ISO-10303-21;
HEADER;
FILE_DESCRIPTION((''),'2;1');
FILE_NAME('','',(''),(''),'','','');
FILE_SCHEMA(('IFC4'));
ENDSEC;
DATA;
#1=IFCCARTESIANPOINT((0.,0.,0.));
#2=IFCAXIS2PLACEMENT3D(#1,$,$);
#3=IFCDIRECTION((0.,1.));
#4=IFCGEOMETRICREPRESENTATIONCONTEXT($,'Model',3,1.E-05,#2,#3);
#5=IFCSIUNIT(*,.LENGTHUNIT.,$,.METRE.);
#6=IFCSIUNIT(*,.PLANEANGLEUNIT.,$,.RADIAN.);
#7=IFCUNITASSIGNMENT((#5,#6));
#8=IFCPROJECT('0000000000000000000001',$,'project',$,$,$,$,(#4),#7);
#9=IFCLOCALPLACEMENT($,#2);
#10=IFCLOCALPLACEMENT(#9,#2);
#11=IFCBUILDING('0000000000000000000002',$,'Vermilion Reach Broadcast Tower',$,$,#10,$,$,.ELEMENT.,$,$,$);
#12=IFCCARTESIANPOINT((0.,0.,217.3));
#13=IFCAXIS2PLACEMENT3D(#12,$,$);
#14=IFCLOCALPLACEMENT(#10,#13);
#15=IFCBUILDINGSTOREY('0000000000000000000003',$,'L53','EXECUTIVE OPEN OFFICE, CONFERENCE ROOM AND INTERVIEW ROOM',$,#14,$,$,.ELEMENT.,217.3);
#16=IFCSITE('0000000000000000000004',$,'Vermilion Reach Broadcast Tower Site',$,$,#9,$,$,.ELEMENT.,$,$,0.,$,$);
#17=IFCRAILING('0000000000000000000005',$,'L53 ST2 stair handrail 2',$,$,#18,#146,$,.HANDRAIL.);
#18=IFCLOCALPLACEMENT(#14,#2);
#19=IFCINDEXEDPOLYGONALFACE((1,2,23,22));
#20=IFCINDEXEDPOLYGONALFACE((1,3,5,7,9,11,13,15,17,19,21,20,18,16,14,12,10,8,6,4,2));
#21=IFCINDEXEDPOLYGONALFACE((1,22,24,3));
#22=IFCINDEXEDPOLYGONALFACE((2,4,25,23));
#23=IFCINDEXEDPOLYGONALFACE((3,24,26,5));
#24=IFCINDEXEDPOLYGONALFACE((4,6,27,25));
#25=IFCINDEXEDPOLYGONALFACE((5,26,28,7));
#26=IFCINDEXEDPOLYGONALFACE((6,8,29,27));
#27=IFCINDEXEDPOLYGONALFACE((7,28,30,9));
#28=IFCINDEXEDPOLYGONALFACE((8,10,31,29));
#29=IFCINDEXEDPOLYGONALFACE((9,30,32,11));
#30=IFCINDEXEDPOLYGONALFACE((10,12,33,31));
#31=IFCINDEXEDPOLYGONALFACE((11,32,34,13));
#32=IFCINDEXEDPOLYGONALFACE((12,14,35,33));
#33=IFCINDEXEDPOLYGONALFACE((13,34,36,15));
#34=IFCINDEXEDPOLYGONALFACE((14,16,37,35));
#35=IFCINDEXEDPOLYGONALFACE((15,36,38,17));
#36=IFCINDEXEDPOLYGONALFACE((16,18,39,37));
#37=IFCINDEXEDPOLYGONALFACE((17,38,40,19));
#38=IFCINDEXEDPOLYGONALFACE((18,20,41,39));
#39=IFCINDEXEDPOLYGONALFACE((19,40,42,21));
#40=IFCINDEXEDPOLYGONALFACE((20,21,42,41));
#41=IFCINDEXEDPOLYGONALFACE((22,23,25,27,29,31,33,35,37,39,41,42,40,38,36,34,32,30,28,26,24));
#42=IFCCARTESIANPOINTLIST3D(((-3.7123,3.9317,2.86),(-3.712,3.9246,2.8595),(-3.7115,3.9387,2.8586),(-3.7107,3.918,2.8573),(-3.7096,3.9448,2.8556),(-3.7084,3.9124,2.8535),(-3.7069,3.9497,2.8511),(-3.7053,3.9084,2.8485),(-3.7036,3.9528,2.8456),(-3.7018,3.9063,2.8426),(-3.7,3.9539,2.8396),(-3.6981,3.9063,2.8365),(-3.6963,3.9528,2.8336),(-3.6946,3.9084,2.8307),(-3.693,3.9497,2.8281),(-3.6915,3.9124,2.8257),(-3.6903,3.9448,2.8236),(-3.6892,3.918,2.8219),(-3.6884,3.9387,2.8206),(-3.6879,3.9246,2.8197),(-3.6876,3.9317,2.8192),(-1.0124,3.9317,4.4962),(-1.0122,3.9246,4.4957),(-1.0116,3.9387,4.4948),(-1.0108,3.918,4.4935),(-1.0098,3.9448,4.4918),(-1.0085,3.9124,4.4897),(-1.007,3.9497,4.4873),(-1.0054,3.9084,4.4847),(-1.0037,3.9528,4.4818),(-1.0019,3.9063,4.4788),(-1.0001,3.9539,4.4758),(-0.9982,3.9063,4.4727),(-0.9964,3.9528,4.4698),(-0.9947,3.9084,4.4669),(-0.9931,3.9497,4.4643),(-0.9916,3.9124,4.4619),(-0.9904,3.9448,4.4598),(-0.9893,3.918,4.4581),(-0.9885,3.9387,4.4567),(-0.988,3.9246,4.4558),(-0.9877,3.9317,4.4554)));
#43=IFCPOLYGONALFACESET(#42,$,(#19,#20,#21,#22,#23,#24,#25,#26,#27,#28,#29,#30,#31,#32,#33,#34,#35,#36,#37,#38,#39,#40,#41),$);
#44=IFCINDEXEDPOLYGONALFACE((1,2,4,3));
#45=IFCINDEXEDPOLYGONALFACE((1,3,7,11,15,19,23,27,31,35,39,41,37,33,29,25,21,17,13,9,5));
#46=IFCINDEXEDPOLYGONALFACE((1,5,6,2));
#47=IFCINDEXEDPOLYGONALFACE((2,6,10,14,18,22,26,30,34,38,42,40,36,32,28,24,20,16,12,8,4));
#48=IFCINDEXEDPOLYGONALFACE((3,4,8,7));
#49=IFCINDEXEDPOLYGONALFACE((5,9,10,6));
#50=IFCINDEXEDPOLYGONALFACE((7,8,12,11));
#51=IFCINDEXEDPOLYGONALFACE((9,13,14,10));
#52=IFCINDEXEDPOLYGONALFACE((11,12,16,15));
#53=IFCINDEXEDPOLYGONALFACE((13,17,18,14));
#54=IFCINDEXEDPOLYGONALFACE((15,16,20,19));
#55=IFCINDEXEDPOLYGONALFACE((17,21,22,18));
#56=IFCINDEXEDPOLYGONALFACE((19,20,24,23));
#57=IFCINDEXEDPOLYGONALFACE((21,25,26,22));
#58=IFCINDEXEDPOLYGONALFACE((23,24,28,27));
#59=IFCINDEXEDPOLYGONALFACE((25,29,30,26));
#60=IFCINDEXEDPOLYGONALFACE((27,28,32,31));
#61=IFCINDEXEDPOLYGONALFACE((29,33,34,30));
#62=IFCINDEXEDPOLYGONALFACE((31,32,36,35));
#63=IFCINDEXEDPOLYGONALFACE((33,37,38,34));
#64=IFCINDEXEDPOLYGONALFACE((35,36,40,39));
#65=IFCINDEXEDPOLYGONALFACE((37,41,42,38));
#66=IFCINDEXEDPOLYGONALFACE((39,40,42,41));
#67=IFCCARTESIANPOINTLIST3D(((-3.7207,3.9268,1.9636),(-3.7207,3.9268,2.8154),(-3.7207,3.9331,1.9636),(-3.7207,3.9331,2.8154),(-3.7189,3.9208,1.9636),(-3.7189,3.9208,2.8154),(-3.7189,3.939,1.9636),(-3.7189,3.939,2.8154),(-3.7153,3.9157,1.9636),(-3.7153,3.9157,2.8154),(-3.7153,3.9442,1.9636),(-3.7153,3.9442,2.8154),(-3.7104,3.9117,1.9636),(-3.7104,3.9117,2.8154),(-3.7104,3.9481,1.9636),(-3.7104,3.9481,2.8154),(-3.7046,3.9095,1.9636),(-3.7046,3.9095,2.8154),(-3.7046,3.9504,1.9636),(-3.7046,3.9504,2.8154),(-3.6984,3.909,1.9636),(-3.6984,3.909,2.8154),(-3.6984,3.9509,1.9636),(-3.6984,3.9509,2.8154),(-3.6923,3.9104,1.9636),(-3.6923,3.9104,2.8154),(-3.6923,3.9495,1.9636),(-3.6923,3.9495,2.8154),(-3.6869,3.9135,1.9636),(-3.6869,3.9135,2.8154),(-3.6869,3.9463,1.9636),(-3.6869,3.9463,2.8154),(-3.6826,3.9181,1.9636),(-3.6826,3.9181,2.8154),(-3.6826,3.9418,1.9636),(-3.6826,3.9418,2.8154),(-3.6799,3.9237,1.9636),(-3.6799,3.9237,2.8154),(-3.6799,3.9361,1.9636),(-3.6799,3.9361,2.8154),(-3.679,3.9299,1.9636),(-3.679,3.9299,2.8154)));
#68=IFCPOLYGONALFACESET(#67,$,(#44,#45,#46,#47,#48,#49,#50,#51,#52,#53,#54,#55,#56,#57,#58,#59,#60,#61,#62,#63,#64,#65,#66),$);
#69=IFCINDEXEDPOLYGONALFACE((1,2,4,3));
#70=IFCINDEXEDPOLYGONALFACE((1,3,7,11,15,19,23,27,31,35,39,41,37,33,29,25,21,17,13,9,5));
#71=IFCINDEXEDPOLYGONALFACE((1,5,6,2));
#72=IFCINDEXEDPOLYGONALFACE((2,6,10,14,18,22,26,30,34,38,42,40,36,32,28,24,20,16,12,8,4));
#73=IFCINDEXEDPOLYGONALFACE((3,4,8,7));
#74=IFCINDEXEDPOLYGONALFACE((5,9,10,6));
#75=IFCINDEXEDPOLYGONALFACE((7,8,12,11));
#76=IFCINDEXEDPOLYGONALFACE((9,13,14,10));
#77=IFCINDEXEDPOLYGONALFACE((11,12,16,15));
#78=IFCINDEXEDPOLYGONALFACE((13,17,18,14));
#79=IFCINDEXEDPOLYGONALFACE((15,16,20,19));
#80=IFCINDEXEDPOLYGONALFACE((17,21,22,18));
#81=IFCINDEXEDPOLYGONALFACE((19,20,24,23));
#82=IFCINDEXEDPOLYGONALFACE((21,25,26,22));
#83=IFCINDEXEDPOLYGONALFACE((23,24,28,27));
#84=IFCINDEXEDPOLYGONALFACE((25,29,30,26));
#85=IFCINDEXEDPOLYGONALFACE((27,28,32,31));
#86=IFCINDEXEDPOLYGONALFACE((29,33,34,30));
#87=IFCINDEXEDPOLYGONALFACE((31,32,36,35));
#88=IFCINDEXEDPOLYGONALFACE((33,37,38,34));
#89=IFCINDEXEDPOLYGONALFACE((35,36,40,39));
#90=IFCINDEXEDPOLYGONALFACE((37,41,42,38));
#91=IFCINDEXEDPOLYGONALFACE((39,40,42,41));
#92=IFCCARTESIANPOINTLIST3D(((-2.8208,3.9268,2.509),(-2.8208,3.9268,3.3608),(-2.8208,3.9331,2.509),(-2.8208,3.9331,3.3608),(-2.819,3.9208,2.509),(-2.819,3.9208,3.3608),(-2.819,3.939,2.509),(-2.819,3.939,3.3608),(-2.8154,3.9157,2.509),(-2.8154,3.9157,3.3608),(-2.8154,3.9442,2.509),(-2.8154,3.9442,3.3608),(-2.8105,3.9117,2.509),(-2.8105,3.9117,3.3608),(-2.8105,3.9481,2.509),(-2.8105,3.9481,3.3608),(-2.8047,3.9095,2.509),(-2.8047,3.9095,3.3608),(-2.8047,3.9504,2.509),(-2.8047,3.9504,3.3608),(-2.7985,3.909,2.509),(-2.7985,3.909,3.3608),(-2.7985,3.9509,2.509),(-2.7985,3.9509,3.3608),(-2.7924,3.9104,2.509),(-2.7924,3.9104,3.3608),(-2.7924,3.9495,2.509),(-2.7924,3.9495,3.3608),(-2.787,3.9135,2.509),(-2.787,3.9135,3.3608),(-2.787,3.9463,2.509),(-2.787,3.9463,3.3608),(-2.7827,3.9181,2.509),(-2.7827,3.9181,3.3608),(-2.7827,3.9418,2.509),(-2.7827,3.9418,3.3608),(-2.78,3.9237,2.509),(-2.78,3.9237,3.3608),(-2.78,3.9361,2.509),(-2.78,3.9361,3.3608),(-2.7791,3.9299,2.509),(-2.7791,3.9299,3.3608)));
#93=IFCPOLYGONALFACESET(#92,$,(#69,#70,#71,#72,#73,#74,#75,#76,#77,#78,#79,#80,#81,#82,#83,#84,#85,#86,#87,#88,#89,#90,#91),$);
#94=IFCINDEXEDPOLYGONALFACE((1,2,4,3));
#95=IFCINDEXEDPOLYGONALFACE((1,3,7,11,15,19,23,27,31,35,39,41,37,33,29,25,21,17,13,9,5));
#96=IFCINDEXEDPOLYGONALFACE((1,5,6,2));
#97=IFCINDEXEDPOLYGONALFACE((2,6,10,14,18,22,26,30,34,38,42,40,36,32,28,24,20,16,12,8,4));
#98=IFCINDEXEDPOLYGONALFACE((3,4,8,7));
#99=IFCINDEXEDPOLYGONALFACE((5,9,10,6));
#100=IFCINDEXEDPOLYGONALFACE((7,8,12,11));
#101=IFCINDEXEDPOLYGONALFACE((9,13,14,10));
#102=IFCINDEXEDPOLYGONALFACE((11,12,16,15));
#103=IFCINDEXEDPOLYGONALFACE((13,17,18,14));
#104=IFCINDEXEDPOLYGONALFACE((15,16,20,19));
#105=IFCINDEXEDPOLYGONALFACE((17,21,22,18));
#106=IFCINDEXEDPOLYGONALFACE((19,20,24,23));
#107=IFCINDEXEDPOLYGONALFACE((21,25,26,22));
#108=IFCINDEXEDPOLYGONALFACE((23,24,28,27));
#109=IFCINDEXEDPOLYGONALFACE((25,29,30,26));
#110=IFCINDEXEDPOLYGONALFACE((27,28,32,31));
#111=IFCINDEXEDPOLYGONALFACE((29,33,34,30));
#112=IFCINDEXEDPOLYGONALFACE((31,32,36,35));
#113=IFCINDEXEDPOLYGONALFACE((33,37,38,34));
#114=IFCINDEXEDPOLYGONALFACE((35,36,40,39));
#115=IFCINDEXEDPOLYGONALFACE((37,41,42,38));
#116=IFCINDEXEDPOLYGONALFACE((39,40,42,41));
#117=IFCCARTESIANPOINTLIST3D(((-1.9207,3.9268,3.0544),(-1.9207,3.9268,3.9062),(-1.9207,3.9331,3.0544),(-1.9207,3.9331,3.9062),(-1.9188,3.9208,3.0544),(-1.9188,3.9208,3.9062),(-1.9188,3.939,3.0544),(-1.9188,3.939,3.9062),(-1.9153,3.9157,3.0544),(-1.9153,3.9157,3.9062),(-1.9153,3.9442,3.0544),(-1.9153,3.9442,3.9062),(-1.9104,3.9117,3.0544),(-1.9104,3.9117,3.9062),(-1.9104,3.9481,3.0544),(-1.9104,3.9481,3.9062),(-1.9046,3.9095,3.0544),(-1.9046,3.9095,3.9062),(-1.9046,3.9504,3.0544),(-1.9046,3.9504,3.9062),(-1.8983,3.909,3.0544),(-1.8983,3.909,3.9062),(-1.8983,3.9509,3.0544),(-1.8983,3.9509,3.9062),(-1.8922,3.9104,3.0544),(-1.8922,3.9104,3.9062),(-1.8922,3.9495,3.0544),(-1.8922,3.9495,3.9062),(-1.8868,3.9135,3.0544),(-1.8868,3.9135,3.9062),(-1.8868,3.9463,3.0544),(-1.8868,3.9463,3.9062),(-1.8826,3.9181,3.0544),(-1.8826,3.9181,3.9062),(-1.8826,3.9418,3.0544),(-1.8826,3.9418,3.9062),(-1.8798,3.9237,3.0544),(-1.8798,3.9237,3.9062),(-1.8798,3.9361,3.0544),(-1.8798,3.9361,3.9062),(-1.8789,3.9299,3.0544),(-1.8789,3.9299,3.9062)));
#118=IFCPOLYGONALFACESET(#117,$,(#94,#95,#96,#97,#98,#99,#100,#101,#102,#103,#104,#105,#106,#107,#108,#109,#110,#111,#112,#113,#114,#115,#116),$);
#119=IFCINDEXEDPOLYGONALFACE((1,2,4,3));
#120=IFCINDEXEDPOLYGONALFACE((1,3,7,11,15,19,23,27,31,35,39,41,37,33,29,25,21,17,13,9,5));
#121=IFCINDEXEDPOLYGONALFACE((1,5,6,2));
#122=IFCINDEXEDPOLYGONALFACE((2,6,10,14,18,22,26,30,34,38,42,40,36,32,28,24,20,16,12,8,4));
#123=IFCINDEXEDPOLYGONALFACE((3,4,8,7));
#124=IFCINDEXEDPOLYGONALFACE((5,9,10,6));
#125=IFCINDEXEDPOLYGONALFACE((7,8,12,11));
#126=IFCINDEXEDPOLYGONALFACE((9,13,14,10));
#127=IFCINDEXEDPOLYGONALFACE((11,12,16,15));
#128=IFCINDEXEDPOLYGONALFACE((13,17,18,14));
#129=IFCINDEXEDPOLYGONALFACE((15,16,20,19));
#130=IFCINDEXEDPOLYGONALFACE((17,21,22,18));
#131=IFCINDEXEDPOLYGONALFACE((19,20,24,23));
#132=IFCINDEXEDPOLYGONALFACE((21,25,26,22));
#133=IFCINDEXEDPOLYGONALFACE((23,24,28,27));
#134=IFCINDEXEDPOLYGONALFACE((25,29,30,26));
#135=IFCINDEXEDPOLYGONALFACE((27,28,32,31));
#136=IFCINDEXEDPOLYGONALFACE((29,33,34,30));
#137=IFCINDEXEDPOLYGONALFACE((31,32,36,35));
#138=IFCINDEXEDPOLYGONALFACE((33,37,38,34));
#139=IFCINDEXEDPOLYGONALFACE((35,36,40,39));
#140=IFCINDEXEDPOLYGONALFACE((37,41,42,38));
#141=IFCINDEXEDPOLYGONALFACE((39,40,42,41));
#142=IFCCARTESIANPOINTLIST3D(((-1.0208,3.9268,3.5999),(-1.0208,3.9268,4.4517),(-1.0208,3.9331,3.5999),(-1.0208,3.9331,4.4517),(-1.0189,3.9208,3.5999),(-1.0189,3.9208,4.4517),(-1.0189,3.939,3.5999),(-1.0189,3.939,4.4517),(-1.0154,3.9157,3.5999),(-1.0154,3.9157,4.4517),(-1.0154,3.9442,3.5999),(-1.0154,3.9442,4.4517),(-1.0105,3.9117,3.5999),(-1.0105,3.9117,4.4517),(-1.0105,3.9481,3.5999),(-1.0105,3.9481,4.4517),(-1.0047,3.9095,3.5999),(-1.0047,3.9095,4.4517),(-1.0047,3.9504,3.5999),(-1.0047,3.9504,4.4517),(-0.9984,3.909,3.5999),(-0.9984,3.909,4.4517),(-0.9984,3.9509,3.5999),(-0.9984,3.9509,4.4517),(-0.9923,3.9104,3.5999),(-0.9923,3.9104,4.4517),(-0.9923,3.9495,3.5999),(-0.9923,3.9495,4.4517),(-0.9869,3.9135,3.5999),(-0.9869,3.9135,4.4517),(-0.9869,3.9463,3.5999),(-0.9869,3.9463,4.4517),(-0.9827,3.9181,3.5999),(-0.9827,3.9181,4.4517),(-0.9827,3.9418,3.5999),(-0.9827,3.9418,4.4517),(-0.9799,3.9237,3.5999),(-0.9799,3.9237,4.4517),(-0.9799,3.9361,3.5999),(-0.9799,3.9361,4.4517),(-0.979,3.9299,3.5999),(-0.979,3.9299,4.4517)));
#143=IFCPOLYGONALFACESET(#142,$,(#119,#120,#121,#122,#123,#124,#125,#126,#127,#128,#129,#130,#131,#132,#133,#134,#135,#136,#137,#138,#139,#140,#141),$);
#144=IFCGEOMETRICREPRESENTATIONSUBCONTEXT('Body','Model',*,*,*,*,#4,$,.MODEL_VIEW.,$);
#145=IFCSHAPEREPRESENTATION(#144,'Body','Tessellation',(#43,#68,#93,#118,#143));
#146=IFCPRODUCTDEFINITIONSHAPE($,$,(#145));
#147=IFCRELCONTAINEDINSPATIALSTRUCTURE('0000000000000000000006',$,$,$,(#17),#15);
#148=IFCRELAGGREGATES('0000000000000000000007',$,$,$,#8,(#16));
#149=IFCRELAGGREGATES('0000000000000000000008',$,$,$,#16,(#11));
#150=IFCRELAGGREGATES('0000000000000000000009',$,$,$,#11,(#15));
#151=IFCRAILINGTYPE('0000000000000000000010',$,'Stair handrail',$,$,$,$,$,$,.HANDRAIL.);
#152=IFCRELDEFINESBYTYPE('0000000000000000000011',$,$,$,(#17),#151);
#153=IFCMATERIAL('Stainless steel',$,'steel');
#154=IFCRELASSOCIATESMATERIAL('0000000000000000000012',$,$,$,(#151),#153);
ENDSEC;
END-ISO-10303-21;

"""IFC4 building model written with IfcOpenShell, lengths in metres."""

from ifc_helpers import new_model, si_unit, direction, frame, origin, origin_2d, place, context, subcontext, project, spatial, circle, extrude, material, type_object, element, save


model = new_model("IFC4")

# Units and contexts
model_context = context("Model", 3, precision=1e-05, world=origin(), true_north=direction((0.0, 1.0)))
body_context = subcontext(model_context, "Body", "Model", "MODEL_VIEW")
ifc_project = project(units=[si_unit("LENGTHUNIT", "METRE"), si_unit("PLANEANGLEUNIT", "RADIAN")], contexts=[model_context])

# Site, building, storey
site_placement = place(None, origin())
site = spatial("IfcSite", under=ifc_project, at=site_placement, Name="Vermilion Reach Broadcast Tower Site", CompositionType="ELEMENT", RefElevation=0.0)
building_placement = place(site_placement, origin())
building = spatial("IfcBuilding", under=site, at=building_placement, Name="Vermilion Reach Broadcast Tower", CompositionType="ELEMENT")
storey_placement = place(building_placement, frame((0.0, 0.0, 217.3)))
storey = spatial("IfcBuildingStorey", under=building, at=storey_placement, Name="L53", Description="EXECUTIVE OPEN OFFICE, CONFERENCE ROOM AND INTERVIEW ROOM", CompositionType="ELEMENT", Elevation=217.3)

# Railing
ifc_material_1 = material(Name="Stainless steel", Category="steel")
railing_type_1 = type_object("IfcRailingType", Name="Stair handrail", PredefinedType="HANDRAIL", material=ifc_material_1)
railing_1_placement = place(storey_placement, frame((-3.7, 3.9299, 1.9636)))
element("IfcRailing", 1, at=railing_1_placement, inside=storey, type_object=railing_type_1, Name="L53 ST2 stair handrail 2", PredefinedType="HANDRAIL", context=body_context, shape_type="SweptSolid", body=[
    extrude(circle(Radius=0.0239, at=origin_2d()), frame((0.0, 0.0, 0.876), z_axis=(0.855212, 0.0, 0.518278), x_axis=(0.0, 1.0, 0.0)), (0.0, 0.0, 1.0), 3.157),
    extrude(circle(Radius=0.021, at=origin_2d()), origin(), (0.0, 0.0, 1.0), 0.8518),
    extrude(circle(Radius=0.021, at=origin_2d()), frame((0.8999, 0.0, 0.5454)), (0.0, 0.0, 1.0), 0.8518),
    extrude(circle(Radius=0.021, at=origin_2d()), frame((1.8, 0.0, 1.0908)), (0.0, 0.0, 1.0), 0.8518),
    extrude(circle(Radius=0.021, at=origin_2d()), frame((2.7, 0.0, 1.6362)), (0.0, 0.0, 1.0), 0.8518),
])

save(model, "model.ifc")
